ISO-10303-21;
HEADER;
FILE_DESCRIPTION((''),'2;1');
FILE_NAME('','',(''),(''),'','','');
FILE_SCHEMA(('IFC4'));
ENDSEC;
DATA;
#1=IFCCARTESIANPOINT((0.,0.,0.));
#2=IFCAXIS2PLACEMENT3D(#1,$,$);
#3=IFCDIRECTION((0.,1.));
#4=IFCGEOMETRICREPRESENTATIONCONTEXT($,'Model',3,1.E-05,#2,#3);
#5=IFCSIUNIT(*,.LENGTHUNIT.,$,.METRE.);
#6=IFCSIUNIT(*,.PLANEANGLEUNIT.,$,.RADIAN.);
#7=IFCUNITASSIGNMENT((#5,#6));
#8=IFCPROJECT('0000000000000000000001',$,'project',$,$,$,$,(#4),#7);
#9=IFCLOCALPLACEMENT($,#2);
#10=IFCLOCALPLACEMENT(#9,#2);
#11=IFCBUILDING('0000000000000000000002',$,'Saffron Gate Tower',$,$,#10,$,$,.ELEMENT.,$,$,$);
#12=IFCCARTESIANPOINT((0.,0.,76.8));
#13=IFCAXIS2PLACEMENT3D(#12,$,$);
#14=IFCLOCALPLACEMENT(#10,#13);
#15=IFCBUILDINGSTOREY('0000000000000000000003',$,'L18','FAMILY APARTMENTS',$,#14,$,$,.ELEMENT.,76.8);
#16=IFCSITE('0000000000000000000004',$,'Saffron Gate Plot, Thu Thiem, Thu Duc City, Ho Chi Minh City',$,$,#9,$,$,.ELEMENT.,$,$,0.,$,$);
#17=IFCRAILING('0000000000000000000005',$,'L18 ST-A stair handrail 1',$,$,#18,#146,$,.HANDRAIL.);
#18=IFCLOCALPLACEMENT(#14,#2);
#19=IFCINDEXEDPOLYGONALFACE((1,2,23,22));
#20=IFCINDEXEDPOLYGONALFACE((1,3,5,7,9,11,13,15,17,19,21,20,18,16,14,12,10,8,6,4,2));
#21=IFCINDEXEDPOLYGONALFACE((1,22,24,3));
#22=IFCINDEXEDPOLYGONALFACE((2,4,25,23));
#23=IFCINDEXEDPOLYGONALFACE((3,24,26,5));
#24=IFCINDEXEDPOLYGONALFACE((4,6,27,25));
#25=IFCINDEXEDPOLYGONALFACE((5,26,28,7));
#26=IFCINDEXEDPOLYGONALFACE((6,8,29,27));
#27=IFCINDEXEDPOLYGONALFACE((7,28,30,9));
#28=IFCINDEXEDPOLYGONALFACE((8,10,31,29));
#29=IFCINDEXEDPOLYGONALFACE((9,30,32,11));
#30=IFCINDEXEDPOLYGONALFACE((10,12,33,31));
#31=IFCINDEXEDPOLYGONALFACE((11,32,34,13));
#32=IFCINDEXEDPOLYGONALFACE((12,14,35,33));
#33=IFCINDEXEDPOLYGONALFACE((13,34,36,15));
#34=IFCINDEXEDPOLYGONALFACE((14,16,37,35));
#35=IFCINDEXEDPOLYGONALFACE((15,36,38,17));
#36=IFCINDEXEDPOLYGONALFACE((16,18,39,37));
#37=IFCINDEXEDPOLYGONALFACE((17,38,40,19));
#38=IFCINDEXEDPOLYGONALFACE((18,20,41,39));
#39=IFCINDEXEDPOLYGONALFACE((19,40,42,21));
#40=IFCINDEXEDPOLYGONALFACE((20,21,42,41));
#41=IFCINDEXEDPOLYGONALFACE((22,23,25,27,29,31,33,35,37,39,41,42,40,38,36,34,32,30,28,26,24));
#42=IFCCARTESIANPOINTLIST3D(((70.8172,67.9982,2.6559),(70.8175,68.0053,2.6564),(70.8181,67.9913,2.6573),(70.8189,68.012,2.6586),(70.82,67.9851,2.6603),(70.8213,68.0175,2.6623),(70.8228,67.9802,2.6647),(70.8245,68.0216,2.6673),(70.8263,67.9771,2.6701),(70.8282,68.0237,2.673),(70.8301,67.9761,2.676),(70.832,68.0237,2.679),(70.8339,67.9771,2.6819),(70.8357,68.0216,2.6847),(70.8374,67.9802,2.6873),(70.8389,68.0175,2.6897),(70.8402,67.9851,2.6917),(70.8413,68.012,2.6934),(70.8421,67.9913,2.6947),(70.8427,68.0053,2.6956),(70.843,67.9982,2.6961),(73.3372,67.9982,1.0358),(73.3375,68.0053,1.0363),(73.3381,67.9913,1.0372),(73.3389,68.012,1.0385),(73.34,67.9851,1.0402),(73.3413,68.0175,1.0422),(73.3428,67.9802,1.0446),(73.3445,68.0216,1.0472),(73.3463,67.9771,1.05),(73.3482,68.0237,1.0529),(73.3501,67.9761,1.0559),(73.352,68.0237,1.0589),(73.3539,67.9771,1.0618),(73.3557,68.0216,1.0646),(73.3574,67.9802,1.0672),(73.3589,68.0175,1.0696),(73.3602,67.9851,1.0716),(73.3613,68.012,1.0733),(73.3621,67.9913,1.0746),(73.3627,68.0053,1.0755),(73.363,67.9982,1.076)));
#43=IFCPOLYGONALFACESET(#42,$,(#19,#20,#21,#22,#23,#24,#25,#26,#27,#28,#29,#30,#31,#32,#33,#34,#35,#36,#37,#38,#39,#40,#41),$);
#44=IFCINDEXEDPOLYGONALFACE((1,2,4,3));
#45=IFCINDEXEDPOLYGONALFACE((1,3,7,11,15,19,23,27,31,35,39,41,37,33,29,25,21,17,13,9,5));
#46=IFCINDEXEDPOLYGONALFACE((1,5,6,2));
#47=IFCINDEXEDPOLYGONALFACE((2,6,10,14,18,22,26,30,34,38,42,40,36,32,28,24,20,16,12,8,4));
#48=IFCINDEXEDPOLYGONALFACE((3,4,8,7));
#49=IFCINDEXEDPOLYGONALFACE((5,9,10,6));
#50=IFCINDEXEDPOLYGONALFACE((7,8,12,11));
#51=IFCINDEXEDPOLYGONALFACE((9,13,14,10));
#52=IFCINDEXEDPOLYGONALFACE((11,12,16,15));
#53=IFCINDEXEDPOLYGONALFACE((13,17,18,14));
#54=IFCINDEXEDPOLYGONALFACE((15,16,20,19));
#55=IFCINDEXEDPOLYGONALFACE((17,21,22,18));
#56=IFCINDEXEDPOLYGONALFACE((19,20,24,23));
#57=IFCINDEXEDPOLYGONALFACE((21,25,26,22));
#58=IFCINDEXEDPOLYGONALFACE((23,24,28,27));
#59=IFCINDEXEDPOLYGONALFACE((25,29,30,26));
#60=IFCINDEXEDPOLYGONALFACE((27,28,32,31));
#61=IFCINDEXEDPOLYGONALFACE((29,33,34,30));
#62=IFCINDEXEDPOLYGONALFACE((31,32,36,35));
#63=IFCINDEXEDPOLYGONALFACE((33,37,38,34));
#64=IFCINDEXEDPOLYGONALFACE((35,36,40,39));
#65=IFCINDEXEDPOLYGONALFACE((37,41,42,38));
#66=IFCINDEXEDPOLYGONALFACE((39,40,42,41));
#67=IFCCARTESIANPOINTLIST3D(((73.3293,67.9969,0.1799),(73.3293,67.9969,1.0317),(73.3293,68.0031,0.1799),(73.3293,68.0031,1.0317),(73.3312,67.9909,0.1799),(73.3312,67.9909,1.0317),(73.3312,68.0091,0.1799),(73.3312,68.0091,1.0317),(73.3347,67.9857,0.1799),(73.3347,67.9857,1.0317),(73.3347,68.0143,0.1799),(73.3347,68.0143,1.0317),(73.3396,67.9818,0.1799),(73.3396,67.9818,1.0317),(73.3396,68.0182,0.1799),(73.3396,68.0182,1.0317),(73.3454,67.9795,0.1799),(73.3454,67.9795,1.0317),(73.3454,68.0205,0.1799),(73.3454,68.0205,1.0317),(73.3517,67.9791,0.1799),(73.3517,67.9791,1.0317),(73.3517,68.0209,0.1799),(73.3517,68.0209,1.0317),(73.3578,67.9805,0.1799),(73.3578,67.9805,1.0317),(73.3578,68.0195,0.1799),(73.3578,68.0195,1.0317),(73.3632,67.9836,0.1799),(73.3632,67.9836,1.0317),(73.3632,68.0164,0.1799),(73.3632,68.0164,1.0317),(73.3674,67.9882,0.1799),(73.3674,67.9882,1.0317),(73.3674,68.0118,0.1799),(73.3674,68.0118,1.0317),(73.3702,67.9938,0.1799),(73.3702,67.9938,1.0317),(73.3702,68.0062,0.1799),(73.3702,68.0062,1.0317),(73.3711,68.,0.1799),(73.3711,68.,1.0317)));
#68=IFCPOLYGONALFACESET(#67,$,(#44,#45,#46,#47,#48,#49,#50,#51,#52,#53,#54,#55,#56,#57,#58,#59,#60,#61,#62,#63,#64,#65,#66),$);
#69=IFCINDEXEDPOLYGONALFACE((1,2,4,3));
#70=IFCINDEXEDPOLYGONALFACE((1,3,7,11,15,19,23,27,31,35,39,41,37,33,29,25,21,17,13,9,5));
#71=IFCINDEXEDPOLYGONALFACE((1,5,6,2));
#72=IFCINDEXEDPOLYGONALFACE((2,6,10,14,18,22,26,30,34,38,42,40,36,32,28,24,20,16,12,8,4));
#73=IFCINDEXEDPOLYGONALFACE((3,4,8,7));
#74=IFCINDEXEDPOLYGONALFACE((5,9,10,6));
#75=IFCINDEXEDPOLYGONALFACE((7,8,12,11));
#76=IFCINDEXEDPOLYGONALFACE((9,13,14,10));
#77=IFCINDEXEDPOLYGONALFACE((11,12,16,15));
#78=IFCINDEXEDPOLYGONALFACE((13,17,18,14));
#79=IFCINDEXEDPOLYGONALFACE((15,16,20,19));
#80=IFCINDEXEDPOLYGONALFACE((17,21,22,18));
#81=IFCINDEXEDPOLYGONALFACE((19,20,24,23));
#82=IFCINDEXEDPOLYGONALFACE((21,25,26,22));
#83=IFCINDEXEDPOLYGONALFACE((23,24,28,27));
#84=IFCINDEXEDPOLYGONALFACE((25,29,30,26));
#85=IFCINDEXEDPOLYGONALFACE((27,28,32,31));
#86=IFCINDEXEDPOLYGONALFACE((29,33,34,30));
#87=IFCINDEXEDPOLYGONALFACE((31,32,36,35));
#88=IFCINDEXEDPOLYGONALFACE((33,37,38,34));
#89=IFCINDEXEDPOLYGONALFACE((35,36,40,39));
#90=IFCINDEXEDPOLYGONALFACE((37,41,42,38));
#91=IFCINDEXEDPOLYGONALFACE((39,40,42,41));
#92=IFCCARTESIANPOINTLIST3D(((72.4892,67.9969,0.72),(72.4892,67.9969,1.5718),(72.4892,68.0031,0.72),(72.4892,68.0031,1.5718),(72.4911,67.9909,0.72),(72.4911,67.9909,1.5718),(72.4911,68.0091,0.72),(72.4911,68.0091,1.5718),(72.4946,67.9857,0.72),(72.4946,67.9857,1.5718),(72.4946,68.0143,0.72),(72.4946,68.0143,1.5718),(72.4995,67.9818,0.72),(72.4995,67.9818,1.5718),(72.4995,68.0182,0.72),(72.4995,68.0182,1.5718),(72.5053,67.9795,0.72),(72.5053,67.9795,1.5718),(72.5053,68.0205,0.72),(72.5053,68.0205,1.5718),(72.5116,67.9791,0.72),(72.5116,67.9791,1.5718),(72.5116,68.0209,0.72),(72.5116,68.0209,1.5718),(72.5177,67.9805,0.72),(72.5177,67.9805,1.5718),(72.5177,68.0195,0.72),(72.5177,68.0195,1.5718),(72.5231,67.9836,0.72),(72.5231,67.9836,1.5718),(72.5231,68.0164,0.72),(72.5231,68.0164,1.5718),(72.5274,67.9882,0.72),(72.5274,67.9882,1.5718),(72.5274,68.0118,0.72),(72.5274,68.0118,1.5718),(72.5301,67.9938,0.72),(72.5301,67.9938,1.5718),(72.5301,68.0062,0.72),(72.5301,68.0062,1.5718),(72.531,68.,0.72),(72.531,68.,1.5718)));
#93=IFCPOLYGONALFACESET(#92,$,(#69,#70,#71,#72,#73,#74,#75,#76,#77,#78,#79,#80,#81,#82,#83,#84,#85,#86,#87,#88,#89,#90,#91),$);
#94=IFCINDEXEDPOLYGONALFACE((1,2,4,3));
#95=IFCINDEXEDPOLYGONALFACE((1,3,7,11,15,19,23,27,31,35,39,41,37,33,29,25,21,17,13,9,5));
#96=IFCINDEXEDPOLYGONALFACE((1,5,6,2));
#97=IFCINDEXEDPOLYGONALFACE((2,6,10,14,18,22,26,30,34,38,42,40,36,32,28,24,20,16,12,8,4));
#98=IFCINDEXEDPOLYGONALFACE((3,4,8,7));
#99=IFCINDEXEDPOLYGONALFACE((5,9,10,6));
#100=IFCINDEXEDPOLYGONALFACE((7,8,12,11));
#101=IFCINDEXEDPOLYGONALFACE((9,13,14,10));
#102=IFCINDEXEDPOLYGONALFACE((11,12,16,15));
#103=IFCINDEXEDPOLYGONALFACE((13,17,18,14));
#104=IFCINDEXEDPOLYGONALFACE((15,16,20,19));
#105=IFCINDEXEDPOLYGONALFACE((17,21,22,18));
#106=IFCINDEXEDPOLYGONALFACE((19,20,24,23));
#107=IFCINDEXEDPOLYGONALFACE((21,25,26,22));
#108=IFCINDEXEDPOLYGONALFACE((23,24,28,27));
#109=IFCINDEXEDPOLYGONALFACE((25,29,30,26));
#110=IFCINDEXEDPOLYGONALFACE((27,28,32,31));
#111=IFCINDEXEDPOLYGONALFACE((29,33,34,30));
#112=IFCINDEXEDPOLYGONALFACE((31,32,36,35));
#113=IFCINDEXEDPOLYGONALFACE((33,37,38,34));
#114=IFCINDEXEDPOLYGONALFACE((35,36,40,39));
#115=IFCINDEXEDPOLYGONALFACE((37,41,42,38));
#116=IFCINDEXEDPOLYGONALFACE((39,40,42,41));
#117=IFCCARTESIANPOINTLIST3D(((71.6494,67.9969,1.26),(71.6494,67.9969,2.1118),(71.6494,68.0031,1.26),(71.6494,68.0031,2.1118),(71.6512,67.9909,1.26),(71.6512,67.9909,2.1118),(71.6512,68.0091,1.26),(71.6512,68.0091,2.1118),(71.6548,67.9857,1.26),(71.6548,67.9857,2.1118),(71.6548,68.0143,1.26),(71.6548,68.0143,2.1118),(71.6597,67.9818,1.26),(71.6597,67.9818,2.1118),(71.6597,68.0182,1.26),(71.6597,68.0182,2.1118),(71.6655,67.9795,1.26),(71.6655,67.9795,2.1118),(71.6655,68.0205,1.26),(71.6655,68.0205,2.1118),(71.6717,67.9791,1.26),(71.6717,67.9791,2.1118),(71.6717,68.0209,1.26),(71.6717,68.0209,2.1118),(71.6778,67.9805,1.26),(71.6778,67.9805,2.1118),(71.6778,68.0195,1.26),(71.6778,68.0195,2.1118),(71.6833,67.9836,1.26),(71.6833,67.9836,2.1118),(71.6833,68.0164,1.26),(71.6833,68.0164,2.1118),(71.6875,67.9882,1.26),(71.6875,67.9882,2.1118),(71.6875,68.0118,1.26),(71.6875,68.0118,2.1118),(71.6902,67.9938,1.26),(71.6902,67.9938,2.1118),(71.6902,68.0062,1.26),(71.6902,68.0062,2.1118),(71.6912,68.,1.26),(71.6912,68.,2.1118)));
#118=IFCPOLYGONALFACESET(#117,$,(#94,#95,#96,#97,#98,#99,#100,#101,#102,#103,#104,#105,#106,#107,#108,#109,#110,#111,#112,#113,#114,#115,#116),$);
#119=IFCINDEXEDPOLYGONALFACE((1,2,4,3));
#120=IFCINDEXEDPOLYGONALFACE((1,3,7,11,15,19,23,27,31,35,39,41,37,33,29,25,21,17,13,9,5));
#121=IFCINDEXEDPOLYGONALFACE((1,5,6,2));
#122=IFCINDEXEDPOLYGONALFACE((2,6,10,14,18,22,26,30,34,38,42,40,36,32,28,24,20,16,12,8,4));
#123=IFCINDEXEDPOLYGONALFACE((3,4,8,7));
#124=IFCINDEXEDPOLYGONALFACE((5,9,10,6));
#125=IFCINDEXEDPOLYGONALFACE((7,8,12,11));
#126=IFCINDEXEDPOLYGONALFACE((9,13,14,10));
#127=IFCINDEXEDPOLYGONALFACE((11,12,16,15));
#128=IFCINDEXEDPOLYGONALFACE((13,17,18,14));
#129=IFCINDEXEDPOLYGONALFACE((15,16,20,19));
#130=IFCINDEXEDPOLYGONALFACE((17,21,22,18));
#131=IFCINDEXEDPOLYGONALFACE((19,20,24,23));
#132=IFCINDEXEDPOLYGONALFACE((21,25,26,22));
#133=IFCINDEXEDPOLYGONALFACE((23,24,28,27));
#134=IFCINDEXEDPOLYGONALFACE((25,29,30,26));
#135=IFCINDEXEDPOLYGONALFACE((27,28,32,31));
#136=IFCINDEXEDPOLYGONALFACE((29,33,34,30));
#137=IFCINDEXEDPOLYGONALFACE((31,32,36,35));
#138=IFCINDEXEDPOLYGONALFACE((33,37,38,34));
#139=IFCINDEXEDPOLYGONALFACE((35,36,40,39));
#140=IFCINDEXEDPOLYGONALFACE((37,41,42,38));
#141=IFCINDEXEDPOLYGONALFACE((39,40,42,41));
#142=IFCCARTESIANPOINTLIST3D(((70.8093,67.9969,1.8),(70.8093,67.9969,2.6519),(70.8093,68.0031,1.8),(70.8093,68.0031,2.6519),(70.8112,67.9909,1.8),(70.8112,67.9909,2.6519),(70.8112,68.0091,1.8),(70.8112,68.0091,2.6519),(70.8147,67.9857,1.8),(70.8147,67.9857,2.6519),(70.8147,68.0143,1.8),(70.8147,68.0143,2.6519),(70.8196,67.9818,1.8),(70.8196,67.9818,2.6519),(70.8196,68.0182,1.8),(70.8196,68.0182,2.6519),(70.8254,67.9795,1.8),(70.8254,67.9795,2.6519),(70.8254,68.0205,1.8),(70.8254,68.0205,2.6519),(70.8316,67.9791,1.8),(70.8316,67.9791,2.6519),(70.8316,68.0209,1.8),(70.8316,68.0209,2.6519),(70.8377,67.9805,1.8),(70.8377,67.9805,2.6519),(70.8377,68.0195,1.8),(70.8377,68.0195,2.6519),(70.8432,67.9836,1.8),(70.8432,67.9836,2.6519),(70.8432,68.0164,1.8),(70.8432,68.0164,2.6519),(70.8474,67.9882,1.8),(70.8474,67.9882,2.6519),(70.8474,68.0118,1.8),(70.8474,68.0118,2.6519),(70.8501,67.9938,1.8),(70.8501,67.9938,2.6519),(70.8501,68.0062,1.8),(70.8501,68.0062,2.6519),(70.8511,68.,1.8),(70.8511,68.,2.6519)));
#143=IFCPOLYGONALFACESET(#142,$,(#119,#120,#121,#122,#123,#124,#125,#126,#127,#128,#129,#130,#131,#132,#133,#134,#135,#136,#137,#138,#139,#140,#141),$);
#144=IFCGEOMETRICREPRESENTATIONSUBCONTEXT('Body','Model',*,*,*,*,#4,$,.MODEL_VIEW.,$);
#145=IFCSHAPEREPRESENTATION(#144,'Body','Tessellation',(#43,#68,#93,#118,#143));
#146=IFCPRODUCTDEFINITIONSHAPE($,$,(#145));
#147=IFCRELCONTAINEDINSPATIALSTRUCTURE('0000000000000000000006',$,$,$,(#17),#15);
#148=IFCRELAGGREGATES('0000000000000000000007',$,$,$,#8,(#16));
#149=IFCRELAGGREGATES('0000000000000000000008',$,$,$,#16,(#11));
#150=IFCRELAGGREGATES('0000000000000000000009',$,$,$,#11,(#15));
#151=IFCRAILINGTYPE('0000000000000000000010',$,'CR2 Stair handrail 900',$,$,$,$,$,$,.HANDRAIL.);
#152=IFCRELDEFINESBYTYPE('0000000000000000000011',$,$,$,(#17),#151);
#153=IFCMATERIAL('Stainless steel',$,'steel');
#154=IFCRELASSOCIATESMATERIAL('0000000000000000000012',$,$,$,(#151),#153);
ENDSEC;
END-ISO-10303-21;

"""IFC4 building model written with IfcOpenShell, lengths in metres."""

from ifc_helpers import new_model, si_unit, direction, frame, origin, origin_2d, place, context, subcontext, project, spatial, circle, extrude, material, type_object, element, save


model = new_model("IFC4")

# Units and contexts
model_context = context("Model", 3, precision=1e-05, world=origin(), true_north=direction((0.0, 1.0)))
body_context = subcontext(model_context, "Body", "Model", "MODEL_VIEW")
ifc_project = project(units=[si_unit("LENGTHUNIT", "METRE"), si_unit("PLANEANGLEUNIT", "RADIAN")], contexts=[model_context])

# Site, building, storey
site_placement = place(None, origin())
site = spatial("IfcSite", under=ifc_project, at=site_placement, Name="Saffron Gate Plot, Thu Thiem, Thu Duc City, Ho Chi Minh City", CompositionType="ELEMENT", RefElevation=0.0)
building_placement = place(site_placement, origin())
building = spatial("IfcBuilding", under=site, at=building_placement, Name="Saffron Gate Tower", CompositionType="ELEMENT")
storey_placement = place(building_placement, frame((0.0, 0.0, 76.8)))
storey = spatial("IfcBuildingStorey", under=building, at=storey_placement, Name="L18", Description="FAMILY APARTMENTS", CompositionType="ELEMENT", Elevation=76.8)

# Railing
ifc_material_1 = material(Name="Stainless steel", Category="steel")
railing_type_1 = type_object("IfcRailingType", Name="CR2 Stair handrail 900", PredefinedType="HANDRAIL", material=ifc_material_1)
railing_1_placement = place(storey_placement, frame((73.3501, 68.0, 0.1799)))
element("IfcRailing", 1, at=railing_1_placement, inside=storey, type_object=railing_type_1, Name="L18 ST-A stair handrail 1", PredefinedType="HANDRAIL", context=body_context, shape_type="SweptSolid", body=[
    extrude(circle(Radius=0.0239, at=origin_2d()), frame((0.0, 0.0, 0.876), z_axis=(-0.841163, 0.0, 0.540782), x_axis=(0.0, -1.0, 0.0)), (0.0, 0.0, 1.0), 2.9958),
    extrude(circle(Radius=0.021, at=origin_2d()), origin(), (0.0, 0.0, 1.0), 0.8518),
    extrude(circle(Radius=0.021, at=origin_2d()), frame((-0.8401, 0.0, 0.54)), (0.0, 0.0, 1.0), 0.8518),
    extrude(circle(Radius=0.021, at=origin_2d()), frame((-1.6799, 0.0, 1.0801)), (0.0, 0.0, 1.0), 0.8518),
    extrude(circle(Radius=0.021, at=origin_2d()), frame((-2.52, 0.0, 1.6201)), (0.0, 0.0, 1.0), 0.8518),
])

save(model, "model.ifc")
